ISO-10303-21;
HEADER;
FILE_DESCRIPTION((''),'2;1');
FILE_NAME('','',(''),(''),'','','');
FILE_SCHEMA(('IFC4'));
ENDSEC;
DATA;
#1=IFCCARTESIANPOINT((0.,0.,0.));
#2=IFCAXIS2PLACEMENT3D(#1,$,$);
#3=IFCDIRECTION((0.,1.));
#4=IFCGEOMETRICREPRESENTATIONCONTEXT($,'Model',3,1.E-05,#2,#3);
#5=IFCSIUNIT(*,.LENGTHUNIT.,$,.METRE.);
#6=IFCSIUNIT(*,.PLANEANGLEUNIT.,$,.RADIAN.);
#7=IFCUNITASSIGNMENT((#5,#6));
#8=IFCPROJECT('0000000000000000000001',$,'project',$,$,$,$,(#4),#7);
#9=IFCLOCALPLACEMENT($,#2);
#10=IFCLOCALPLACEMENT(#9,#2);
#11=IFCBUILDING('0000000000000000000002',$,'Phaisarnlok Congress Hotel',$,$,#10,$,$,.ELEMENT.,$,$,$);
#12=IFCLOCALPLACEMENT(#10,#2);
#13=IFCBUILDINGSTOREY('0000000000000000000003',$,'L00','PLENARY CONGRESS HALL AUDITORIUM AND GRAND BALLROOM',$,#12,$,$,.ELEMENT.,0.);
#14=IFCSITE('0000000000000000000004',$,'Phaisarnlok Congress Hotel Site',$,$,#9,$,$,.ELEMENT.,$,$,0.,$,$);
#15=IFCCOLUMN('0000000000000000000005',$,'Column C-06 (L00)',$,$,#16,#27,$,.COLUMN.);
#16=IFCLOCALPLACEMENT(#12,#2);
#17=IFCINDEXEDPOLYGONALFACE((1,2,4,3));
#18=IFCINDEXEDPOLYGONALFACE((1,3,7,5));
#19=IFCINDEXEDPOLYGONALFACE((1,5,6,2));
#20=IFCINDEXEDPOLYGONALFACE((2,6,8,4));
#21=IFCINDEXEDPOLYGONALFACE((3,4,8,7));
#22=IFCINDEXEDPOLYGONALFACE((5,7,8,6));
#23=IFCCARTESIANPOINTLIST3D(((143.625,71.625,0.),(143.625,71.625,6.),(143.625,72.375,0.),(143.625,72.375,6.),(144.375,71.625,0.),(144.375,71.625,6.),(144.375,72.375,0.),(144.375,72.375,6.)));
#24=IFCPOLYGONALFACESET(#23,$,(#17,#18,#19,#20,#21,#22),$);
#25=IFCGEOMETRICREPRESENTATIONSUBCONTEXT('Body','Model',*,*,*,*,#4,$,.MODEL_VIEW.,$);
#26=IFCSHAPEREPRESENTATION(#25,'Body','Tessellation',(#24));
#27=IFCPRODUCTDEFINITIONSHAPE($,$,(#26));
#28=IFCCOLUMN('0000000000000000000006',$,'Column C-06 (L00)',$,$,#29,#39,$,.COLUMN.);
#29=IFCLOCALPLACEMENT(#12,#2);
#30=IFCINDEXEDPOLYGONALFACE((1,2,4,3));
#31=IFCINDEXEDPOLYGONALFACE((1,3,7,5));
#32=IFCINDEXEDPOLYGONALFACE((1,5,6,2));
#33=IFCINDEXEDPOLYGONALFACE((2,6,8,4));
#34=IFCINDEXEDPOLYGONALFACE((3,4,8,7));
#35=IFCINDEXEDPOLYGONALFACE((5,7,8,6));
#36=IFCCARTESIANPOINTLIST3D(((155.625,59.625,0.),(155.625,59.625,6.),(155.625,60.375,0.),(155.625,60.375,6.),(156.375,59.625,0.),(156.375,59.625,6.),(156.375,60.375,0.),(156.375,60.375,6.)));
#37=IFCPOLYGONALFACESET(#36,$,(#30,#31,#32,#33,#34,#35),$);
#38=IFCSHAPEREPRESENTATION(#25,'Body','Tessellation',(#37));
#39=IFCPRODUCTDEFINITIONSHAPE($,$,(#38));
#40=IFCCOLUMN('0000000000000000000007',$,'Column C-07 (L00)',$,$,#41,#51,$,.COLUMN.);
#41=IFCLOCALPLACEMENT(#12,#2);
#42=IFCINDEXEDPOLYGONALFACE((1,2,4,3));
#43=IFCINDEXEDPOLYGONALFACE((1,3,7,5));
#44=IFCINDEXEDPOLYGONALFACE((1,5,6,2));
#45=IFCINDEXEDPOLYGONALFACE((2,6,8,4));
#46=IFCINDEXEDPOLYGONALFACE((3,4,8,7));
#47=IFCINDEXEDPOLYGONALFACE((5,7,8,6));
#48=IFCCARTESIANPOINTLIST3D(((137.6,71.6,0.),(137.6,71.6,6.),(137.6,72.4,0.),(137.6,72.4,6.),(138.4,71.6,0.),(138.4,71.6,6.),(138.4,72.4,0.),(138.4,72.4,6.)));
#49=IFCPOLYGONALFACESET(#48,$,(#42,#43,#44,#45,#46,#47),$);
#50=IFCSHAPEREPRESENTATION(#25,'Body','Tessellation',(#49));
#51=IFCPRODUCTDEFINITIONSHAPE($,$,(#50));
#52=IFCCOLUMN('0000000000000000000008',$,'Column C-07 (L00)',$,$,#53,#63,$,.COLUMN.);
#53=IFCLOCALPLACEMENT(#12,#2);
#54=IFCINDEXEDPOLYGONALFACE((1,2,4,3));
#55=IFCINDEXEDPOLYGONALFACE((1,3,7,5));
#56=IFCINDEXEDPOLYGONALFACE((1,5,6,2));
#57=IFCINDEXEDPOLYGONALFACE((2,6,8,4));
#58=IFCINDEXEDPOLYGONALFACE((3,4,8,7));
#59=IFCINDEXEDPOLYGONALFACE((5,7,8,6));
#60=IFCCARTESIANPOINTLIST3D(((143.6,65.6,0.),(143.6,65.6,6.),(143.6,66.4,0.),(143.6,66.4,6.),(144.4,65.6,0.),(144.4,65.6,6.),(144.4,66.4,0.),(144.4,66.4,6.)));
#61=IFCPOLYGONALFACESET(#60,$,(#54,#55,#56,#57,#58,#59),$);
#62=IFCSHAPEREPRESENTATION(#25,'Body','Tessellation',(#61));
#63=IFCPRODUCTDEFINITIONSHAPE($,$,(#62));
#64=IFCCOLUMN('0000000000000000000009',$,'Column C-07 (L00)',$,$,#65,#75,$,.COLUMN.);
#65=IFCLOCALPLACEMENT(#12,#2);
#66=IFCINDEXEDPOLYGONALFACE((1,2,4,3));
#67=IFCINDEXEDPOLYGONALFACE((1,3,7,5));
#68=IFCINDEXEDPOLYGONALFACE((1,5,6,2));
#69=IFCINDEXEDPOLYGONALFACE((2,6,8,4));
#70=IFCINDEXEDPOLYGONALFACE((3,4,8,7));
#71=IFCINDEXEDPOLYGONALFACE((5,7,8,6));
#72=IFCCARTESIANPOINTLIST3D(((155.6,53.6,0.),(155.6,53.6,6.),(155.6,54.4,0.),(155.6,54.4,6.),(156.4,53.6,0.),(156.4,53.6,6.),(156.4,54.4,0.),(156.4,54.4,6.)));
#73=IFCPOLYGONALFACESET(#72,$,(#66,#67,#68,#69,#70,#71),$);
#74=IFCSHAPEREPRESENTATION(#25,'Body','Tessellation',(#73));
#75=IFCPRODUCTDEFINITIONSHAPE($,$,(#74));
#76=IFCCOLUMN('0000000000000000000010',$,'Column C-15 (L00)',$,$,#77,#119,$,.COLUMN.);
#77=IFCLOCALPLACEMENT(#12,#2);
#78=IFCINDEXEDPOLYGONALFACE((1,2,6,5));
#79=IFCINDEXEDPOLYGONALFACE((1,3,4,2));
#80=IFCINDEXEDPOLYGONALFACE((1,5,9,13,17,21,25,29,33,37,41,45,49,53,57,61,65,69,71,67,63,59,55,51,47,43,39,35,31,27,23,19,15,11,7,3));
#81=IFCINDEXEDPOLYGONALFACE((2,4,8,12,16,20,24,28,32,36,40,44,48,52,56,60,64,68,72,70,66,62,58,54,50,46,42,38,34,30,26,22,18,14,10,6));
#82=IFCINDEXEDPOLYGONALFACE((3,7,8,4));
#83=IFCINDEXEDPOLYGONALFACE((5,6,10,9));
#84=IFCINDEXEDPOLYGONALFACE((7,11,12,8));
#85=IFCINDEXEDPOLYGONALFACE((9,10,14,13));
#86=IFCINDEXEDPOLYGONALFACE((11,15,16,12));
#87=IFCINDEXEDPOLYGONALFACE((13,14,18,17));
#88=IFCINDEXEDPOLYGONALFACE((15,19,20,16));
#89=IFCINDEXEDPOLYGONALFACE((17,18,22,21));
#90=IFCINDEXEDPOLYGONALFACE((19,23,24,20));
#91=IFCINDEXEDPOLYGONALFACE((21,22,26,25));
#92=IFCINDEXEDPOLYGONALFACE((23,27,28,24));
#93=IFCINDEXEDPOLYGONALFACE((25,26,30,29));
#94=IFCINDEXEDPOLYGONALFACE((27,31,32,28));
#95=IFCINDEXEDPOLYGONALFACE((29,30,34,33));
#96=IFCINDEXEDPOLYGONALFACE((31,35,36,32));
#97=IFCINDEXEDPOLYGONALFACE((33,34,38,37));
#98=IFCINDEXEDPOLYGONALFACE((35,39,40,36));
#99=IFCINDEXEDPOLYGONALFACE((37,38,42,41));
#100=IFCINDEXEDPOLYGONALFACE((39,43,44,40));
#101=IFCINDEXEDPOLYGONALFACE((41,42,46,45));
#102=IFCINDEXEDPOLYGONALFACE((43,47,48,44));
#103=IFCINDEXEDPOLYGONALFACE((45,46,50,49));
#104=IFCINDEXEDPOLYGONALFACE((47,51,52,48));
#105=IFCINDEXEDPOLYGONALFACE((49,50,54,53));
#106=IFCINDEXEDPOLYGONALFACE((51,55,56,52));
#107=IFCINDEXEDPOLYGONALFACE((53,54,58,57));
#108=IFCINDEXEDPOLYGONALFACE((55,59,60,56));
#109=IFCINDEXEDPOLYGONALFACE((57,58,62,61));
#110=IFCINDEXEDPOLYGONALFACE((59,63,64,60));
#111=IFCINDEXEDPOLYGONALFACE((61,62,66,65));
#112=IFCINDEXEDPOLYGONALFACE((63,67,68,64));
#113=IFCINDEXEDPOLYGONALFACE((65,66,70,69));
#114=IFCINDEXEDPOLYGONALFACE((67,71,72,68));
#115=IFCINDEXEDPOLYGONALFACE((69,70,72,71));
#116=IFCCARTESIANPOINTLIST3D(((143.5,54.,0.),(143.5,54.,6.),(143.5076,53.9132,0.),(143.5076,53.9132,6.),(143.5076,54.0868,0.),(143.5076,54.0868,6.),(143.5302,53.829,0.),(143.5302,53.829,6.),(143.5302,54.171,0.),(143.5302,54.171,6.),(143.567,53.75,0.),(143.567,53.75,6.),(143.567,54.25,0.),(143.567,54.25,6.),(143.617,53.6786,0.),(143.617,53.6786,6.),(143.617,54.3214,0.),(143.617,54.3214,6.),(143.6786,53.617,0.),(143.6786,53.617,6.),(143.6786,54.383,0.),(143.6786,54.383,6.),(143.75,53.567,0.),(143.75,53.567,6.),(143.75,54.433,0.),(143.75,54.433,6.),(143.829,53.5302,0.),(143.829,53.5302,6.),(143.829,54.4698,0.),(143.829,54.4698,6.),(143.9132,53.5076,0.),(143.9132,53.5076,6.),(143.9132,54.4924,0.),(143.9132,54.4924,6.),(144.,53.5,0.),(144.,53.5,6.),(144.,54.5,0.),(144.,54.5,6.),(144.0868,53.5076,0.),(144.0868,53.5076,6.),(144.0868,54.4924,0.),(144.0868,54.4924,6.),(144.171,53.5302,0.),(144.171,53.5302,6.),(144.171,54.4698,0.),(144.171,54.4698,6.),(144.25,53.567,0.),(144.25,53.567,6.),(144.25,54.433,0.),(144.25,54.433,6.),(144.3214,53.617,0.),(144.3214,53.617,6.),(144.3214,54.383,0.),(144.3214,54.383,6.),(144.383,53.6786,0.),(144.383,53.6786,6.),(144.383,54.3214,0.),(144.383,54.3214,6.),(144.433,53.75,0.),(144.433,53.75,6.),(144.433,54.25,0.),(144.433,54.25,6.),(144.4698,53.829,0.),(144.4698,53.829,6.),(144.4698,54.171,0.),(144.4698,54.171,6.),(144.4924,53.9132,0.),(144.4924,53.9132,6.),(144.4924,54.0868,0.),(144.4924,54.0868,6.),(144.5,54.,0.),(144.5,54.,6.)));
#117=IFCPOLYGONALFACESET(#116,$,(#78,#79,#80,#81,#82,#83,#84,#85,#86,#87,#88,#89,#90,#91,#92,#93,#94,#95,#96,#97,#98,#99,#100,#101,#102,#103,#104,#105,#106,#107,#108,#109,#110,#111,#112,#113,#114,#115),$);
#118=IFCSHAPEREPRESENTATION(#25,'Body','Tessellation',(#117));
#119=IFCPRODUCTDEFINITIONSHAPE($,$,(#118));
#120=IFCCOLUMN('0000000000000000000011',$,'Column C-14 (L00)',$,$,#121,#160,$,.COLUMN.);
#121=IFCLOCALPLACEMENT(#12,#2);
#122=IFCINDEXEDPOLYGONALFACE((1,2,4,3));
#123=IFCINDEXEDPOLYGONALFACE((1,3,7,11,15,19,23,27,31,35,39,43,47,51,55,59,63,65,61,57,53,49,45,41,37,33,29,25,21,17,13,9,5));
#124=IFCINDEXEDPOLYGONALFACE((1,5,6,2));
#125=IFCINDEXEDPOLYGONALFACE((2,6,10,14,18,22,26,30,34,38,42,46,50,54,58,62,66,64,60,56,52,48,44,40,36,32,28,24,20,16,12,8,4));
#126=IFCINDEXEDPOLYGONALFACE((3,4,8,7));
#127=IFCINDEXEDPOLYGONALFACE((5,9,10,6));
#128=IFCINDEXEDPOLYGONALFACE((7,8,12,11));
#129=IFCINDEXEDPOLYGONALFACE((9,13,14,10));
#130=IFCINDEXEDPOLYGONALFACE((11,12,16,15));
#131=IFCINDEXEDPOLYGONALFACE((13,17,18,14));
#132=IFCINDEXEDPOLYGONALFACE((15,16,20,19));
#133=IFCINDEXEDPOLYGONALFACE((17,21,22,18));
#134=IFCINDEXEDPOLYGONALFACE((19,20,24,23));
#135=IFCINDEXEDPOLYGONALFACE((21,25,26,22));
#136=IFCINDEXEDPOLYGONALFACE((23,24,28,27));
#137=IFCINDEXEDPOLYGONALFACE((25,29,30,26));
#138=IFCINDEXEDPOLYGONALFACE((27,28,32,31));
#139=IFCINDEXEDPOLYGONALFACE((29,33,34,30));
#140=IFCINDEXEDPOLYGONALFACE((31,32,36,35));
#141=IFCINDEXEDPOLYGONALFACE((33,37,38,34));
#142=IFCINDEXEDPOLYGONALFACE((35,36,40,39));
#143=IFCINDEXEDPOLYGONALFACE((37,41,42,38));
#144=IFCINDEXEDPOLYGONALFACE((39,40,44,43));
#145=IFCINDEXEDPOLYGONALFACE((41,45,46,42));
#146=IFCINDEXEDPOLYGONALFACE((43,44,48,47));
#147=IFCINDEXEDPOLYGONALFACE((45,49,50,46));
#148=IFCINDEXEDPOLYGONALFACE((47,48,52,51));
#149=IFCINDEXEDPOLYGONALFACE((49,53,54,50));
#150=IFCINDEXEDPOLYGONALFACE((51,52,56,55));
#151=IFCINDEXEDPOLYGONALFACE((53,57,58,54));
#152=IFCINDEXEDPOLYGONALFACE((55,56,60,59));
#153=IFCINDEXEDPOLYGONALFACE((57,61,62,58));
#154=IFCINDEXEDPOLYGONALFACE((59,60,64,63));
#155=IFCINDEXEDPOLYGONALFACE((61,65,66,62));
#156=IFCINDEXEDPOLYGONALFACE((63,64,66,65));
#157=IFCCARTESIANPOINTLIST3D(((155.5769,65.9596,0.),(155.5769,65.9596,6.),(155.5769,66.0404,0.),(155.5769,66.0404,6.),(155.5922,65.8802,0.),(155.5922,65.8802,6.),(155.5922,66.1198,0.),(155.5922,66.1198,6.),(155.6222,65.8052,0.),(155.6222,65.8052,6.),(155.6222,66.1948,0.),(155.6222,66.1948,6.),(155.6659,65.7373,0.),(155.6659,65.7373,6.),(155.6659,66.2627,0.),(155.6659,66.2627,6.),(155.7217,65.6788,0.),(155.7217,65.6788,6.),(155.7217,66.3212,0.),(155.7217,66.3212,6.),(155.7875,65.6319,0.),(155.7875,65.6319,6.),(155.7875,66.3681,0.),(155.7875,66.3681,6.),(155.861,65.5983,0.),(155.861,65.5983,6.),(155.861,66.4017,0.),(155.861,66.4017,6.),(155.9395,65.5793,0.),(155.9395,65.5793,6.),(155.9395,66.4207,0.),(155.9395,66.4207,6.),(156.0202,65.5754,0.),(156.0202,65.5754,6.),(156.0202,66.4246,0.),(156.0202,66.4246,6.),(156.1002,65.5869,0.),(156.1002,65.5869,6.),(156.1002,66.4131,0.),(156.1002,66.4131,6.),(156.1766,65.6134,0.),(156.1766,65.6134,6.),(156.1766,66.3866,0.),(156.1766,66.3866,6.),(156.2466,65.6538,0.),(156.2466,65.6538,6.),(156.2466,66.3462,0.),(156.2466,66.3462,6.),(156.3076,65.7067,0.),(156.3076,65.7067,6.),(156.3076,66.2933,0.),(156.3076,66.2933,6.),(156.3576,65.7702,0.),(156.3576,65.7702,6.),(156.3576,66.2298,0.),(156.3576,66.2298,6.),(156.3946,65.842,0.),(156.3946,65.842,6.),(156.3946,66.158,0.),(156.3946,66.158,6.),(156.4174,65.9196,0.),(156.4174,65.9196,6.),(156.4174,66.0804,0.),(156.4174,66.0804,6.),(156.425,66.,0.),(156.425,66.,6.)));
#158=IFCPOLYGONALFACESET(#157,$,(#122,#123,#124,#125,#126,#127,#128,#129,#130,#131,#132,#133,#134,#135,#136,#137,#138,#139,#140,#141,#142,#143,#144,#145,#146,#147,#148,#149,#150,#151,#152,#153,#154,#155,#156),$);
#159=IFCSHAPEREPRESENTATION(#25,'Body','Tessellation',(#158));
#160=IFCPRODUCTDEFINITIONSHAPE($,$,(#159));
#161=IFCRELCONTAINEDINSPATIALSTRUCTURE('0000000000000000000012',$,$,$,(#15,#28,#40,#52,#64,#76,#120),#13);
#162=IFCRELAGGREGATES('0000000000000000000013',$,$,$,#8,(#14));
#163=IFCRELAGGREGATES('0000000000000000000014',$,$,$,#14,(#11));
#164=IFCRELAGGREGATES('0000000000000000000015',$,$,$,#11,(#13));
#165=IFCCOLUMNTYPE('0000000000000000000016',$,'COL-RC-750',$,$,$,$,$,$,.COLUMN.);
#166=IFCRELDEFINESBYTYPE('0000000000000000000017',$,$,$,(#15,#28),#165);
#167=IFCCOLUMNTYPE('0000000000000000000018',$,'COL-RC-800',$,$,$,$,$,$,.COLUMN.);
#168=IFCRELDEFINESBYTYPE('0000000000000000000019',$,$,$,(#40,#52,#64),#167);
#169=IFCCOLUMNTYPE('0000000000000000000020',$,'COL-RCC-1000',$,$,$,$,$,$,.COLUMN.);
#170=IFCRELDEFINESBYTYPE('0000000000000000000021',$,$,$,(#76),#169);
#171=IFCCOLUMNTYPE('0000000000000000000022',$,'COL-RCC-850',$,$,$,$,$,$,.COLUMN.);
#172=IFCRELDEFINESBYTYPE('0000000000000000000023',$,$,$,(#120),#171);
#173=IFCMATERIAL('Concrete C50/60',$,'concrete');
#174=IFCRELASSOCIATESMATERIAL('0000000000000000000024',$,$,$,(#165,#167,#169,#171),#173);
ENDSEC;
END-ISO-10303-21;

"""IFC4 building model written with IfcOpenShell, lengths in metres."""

from ifc_helpers import new_model, si_unit, direction, frame, origin, origin_2d, place, context, subcontext, project, spatial, rectangle, circle, extrude, material, material_profile, profile_set, type_object, element, save


model = new_model("IFC4")

# Units and contexts
model_context = context("Model", 3, precision=1e-05, world=origin(), true_north=direction((0.0, 1.0)))
body_context = subcontext(model_context, "Body", "Model", "MODEL_VIEW")
ifc_project = project(units=[si_unit("LENGTHUNIT", "METRE"), si_unit("PLANEANGLEUNIT", "RADIAN")], contexts=[model_context])

# Site, building, storey
site_placement = place(None, origin())
site = spatial("IfcSite", under=ifc_project, at=site_placement, Name="Phaisarnlok Congress Hotel Site", CompositionType="ELEMENT", RefElevation=0.0)
building_placement = place(site_placement, origin())
building = spatial("IfcBuilding", under=site, at=building_placement, Name="Phaisarnlok Congress Hotel", CompositionType="ELEMENT")
storey_placement = place(building_placement, origin())
storey = spatial("IfcBuildingStorey", under=building, at=storey_placement, Name="L00", Description="PLENARY CONGRESS HALL AUDITORIUM AND GRAND BALLROOM", CompositionType="ELEMENT", Elevation=0.0)

# Columns
ifc_material_1 = material(Name="Concrete C50/60", Category="concrete")
ifc_material_profile_1 = material_profile(ifc_material_1, rectangle(XDim=0.75, YDim=0.75, at=origin_2d()), Name="RC 750x750")
ifc_profile_set_1 = profile_set([ifc_material_profile_1], Name="Concrete C50/60")
column_type_1 = type_object("IfcColumnType", Name="COL-RC-750", PredefinedType="COLUMN", material=ifc_profile_set_1)
for number, where, z_axis, x_axis, name in (
    (1, (144.0, 72.0, 0.0), (0.0, 0.0, 1.0), (1.0, 0.0, 0.0), "Column C-06 (L00)"),
    (2, (156.0, 60.0, 0.0), (0.0, 0.0, 1.0), (1.0, 0.0, 0.0), "Column C-06 (L00)"),
):
    element("IfcColumn", number, at=place(storey_placement, frame(where, z_axis=z_axis, x_axis=x_axis)), inside=storey, type_object=column_type_1, Name=name, PredefinedType="COLUMN", context=body_context, shape_type="SweptSolid", body=[
        extrude(rectangle(XDim=0.75, YDim=0.75, at=origin_2d()), origin(), (0.0, 0.0, 1.0), 6.0),
    ])
ifc_material_profile_2 = material_profile(ifc_material_1, rectangle(XDim=0.8, YDim=0.8, at=origin_2d()), Name="RC 800x800")
ifc_profile_set_2 = profile_set([ifc_material_profile_2], Name="Concrete C50/60")
column_type_2 = type_object("IfcColumnType", Name="COL-RC-800", PredefinedType="COLUMN", material=ifc_profile_set_2)
for number, where, z_axis, x_axis, name in (
    (3, (138.0, 72.0, 0.0), (0.0, 0.0, 1.0), (1.0, 0.0, 0.0), "Column C-07 (L00)"),
    (4, (144.0, 66.0, 0.0), (0.0, 0.0, 1.0), (1.0, 0.0, 0.0), "Column C-07 (L00)"),
    (5, (156.0, 54.0, 0.0), (0.0, 0.0, 1.0), (1.0, 0.0, 0.0), "Column C-07 (L00)"),
):
    element("IfcColumn", number, at=place(storey_placement, frame(where, z_axis=z_axis, x_axis=x_axis)), inside=storey, type_object=column_type_2, Name=name, PredefinedType="COLUMN", context=body_context, shape_type="SweptSolid", body=[
        extrude(rectangle(XDim=0.8, YDim=0.8, at=origin_2d()), origin(), (0.0, 0.0, 1.0), 6.0),
    ])
ifc_material_profile_3 = material_profile(ifc_material_1, circle(Radius=0.5, at=origin_2d()), Name="RCC D1000")
ifc_profile_set_3 = profile_set([ifc_material_profile_3], Name="Concrete C50/60")
column_type_3 = type_object("IfcColumnType", Name="COL-RCC-1000", PredefinedType="COLUMN", material=ifc_profile_set_3)
column_1_placement = place(storey_placement, frame((144.0, 54.0, 0.0), z_axis=(0.0, 0.0, 1.0), x_axis=(1.0, 0.0, 0.0)))
element("IfcColumn", 6, at=column_1_placement, inside=storey, type_object=column_type_3, Name="Column C-15 (L00)", PredefinedType="COLUMN", context=body_context, shape_type="SweptSolid", body=[
    extrude(circle(Radius=0.5, at=origin_2d()), origin(), (0.0, 0.0, 1.0), 6.0),
])
ifc_material_profile_4 = material_profile(ifc_material_1, circle(Radius=0.425, at=origin_2d()), Name="RCC D850")
ifc_profile_set_4 = profile_set([ifc_material_profile_4], Name="Concrete C50/60")
column_type_4 = type_object("IfcColumnType", Name="COL-RCC-850", PredefinedType="COLUMN", material=ifc_profile_set_4)
column_2_placement = place(storey_placement, frame((156.0, 66.0, 0.0), z_axis=(0.0, 0.0, 1.0), x_axis=(1.0, 0.0, 0.0)))
element("IfcColumn", 7, at=column_2_placement, inside=storey, type_object=column_type_4, Name="Column C-14 (L00)", PredefinedType="COLUMN", context=body_context, shape_type="SweptSolid", body=[
    extrude(circle(Radius=0.425, at=origin_2d()), origin(), (0.0, 0.0, 1.0), 6.0),
])

save(model, "model.ifc")
